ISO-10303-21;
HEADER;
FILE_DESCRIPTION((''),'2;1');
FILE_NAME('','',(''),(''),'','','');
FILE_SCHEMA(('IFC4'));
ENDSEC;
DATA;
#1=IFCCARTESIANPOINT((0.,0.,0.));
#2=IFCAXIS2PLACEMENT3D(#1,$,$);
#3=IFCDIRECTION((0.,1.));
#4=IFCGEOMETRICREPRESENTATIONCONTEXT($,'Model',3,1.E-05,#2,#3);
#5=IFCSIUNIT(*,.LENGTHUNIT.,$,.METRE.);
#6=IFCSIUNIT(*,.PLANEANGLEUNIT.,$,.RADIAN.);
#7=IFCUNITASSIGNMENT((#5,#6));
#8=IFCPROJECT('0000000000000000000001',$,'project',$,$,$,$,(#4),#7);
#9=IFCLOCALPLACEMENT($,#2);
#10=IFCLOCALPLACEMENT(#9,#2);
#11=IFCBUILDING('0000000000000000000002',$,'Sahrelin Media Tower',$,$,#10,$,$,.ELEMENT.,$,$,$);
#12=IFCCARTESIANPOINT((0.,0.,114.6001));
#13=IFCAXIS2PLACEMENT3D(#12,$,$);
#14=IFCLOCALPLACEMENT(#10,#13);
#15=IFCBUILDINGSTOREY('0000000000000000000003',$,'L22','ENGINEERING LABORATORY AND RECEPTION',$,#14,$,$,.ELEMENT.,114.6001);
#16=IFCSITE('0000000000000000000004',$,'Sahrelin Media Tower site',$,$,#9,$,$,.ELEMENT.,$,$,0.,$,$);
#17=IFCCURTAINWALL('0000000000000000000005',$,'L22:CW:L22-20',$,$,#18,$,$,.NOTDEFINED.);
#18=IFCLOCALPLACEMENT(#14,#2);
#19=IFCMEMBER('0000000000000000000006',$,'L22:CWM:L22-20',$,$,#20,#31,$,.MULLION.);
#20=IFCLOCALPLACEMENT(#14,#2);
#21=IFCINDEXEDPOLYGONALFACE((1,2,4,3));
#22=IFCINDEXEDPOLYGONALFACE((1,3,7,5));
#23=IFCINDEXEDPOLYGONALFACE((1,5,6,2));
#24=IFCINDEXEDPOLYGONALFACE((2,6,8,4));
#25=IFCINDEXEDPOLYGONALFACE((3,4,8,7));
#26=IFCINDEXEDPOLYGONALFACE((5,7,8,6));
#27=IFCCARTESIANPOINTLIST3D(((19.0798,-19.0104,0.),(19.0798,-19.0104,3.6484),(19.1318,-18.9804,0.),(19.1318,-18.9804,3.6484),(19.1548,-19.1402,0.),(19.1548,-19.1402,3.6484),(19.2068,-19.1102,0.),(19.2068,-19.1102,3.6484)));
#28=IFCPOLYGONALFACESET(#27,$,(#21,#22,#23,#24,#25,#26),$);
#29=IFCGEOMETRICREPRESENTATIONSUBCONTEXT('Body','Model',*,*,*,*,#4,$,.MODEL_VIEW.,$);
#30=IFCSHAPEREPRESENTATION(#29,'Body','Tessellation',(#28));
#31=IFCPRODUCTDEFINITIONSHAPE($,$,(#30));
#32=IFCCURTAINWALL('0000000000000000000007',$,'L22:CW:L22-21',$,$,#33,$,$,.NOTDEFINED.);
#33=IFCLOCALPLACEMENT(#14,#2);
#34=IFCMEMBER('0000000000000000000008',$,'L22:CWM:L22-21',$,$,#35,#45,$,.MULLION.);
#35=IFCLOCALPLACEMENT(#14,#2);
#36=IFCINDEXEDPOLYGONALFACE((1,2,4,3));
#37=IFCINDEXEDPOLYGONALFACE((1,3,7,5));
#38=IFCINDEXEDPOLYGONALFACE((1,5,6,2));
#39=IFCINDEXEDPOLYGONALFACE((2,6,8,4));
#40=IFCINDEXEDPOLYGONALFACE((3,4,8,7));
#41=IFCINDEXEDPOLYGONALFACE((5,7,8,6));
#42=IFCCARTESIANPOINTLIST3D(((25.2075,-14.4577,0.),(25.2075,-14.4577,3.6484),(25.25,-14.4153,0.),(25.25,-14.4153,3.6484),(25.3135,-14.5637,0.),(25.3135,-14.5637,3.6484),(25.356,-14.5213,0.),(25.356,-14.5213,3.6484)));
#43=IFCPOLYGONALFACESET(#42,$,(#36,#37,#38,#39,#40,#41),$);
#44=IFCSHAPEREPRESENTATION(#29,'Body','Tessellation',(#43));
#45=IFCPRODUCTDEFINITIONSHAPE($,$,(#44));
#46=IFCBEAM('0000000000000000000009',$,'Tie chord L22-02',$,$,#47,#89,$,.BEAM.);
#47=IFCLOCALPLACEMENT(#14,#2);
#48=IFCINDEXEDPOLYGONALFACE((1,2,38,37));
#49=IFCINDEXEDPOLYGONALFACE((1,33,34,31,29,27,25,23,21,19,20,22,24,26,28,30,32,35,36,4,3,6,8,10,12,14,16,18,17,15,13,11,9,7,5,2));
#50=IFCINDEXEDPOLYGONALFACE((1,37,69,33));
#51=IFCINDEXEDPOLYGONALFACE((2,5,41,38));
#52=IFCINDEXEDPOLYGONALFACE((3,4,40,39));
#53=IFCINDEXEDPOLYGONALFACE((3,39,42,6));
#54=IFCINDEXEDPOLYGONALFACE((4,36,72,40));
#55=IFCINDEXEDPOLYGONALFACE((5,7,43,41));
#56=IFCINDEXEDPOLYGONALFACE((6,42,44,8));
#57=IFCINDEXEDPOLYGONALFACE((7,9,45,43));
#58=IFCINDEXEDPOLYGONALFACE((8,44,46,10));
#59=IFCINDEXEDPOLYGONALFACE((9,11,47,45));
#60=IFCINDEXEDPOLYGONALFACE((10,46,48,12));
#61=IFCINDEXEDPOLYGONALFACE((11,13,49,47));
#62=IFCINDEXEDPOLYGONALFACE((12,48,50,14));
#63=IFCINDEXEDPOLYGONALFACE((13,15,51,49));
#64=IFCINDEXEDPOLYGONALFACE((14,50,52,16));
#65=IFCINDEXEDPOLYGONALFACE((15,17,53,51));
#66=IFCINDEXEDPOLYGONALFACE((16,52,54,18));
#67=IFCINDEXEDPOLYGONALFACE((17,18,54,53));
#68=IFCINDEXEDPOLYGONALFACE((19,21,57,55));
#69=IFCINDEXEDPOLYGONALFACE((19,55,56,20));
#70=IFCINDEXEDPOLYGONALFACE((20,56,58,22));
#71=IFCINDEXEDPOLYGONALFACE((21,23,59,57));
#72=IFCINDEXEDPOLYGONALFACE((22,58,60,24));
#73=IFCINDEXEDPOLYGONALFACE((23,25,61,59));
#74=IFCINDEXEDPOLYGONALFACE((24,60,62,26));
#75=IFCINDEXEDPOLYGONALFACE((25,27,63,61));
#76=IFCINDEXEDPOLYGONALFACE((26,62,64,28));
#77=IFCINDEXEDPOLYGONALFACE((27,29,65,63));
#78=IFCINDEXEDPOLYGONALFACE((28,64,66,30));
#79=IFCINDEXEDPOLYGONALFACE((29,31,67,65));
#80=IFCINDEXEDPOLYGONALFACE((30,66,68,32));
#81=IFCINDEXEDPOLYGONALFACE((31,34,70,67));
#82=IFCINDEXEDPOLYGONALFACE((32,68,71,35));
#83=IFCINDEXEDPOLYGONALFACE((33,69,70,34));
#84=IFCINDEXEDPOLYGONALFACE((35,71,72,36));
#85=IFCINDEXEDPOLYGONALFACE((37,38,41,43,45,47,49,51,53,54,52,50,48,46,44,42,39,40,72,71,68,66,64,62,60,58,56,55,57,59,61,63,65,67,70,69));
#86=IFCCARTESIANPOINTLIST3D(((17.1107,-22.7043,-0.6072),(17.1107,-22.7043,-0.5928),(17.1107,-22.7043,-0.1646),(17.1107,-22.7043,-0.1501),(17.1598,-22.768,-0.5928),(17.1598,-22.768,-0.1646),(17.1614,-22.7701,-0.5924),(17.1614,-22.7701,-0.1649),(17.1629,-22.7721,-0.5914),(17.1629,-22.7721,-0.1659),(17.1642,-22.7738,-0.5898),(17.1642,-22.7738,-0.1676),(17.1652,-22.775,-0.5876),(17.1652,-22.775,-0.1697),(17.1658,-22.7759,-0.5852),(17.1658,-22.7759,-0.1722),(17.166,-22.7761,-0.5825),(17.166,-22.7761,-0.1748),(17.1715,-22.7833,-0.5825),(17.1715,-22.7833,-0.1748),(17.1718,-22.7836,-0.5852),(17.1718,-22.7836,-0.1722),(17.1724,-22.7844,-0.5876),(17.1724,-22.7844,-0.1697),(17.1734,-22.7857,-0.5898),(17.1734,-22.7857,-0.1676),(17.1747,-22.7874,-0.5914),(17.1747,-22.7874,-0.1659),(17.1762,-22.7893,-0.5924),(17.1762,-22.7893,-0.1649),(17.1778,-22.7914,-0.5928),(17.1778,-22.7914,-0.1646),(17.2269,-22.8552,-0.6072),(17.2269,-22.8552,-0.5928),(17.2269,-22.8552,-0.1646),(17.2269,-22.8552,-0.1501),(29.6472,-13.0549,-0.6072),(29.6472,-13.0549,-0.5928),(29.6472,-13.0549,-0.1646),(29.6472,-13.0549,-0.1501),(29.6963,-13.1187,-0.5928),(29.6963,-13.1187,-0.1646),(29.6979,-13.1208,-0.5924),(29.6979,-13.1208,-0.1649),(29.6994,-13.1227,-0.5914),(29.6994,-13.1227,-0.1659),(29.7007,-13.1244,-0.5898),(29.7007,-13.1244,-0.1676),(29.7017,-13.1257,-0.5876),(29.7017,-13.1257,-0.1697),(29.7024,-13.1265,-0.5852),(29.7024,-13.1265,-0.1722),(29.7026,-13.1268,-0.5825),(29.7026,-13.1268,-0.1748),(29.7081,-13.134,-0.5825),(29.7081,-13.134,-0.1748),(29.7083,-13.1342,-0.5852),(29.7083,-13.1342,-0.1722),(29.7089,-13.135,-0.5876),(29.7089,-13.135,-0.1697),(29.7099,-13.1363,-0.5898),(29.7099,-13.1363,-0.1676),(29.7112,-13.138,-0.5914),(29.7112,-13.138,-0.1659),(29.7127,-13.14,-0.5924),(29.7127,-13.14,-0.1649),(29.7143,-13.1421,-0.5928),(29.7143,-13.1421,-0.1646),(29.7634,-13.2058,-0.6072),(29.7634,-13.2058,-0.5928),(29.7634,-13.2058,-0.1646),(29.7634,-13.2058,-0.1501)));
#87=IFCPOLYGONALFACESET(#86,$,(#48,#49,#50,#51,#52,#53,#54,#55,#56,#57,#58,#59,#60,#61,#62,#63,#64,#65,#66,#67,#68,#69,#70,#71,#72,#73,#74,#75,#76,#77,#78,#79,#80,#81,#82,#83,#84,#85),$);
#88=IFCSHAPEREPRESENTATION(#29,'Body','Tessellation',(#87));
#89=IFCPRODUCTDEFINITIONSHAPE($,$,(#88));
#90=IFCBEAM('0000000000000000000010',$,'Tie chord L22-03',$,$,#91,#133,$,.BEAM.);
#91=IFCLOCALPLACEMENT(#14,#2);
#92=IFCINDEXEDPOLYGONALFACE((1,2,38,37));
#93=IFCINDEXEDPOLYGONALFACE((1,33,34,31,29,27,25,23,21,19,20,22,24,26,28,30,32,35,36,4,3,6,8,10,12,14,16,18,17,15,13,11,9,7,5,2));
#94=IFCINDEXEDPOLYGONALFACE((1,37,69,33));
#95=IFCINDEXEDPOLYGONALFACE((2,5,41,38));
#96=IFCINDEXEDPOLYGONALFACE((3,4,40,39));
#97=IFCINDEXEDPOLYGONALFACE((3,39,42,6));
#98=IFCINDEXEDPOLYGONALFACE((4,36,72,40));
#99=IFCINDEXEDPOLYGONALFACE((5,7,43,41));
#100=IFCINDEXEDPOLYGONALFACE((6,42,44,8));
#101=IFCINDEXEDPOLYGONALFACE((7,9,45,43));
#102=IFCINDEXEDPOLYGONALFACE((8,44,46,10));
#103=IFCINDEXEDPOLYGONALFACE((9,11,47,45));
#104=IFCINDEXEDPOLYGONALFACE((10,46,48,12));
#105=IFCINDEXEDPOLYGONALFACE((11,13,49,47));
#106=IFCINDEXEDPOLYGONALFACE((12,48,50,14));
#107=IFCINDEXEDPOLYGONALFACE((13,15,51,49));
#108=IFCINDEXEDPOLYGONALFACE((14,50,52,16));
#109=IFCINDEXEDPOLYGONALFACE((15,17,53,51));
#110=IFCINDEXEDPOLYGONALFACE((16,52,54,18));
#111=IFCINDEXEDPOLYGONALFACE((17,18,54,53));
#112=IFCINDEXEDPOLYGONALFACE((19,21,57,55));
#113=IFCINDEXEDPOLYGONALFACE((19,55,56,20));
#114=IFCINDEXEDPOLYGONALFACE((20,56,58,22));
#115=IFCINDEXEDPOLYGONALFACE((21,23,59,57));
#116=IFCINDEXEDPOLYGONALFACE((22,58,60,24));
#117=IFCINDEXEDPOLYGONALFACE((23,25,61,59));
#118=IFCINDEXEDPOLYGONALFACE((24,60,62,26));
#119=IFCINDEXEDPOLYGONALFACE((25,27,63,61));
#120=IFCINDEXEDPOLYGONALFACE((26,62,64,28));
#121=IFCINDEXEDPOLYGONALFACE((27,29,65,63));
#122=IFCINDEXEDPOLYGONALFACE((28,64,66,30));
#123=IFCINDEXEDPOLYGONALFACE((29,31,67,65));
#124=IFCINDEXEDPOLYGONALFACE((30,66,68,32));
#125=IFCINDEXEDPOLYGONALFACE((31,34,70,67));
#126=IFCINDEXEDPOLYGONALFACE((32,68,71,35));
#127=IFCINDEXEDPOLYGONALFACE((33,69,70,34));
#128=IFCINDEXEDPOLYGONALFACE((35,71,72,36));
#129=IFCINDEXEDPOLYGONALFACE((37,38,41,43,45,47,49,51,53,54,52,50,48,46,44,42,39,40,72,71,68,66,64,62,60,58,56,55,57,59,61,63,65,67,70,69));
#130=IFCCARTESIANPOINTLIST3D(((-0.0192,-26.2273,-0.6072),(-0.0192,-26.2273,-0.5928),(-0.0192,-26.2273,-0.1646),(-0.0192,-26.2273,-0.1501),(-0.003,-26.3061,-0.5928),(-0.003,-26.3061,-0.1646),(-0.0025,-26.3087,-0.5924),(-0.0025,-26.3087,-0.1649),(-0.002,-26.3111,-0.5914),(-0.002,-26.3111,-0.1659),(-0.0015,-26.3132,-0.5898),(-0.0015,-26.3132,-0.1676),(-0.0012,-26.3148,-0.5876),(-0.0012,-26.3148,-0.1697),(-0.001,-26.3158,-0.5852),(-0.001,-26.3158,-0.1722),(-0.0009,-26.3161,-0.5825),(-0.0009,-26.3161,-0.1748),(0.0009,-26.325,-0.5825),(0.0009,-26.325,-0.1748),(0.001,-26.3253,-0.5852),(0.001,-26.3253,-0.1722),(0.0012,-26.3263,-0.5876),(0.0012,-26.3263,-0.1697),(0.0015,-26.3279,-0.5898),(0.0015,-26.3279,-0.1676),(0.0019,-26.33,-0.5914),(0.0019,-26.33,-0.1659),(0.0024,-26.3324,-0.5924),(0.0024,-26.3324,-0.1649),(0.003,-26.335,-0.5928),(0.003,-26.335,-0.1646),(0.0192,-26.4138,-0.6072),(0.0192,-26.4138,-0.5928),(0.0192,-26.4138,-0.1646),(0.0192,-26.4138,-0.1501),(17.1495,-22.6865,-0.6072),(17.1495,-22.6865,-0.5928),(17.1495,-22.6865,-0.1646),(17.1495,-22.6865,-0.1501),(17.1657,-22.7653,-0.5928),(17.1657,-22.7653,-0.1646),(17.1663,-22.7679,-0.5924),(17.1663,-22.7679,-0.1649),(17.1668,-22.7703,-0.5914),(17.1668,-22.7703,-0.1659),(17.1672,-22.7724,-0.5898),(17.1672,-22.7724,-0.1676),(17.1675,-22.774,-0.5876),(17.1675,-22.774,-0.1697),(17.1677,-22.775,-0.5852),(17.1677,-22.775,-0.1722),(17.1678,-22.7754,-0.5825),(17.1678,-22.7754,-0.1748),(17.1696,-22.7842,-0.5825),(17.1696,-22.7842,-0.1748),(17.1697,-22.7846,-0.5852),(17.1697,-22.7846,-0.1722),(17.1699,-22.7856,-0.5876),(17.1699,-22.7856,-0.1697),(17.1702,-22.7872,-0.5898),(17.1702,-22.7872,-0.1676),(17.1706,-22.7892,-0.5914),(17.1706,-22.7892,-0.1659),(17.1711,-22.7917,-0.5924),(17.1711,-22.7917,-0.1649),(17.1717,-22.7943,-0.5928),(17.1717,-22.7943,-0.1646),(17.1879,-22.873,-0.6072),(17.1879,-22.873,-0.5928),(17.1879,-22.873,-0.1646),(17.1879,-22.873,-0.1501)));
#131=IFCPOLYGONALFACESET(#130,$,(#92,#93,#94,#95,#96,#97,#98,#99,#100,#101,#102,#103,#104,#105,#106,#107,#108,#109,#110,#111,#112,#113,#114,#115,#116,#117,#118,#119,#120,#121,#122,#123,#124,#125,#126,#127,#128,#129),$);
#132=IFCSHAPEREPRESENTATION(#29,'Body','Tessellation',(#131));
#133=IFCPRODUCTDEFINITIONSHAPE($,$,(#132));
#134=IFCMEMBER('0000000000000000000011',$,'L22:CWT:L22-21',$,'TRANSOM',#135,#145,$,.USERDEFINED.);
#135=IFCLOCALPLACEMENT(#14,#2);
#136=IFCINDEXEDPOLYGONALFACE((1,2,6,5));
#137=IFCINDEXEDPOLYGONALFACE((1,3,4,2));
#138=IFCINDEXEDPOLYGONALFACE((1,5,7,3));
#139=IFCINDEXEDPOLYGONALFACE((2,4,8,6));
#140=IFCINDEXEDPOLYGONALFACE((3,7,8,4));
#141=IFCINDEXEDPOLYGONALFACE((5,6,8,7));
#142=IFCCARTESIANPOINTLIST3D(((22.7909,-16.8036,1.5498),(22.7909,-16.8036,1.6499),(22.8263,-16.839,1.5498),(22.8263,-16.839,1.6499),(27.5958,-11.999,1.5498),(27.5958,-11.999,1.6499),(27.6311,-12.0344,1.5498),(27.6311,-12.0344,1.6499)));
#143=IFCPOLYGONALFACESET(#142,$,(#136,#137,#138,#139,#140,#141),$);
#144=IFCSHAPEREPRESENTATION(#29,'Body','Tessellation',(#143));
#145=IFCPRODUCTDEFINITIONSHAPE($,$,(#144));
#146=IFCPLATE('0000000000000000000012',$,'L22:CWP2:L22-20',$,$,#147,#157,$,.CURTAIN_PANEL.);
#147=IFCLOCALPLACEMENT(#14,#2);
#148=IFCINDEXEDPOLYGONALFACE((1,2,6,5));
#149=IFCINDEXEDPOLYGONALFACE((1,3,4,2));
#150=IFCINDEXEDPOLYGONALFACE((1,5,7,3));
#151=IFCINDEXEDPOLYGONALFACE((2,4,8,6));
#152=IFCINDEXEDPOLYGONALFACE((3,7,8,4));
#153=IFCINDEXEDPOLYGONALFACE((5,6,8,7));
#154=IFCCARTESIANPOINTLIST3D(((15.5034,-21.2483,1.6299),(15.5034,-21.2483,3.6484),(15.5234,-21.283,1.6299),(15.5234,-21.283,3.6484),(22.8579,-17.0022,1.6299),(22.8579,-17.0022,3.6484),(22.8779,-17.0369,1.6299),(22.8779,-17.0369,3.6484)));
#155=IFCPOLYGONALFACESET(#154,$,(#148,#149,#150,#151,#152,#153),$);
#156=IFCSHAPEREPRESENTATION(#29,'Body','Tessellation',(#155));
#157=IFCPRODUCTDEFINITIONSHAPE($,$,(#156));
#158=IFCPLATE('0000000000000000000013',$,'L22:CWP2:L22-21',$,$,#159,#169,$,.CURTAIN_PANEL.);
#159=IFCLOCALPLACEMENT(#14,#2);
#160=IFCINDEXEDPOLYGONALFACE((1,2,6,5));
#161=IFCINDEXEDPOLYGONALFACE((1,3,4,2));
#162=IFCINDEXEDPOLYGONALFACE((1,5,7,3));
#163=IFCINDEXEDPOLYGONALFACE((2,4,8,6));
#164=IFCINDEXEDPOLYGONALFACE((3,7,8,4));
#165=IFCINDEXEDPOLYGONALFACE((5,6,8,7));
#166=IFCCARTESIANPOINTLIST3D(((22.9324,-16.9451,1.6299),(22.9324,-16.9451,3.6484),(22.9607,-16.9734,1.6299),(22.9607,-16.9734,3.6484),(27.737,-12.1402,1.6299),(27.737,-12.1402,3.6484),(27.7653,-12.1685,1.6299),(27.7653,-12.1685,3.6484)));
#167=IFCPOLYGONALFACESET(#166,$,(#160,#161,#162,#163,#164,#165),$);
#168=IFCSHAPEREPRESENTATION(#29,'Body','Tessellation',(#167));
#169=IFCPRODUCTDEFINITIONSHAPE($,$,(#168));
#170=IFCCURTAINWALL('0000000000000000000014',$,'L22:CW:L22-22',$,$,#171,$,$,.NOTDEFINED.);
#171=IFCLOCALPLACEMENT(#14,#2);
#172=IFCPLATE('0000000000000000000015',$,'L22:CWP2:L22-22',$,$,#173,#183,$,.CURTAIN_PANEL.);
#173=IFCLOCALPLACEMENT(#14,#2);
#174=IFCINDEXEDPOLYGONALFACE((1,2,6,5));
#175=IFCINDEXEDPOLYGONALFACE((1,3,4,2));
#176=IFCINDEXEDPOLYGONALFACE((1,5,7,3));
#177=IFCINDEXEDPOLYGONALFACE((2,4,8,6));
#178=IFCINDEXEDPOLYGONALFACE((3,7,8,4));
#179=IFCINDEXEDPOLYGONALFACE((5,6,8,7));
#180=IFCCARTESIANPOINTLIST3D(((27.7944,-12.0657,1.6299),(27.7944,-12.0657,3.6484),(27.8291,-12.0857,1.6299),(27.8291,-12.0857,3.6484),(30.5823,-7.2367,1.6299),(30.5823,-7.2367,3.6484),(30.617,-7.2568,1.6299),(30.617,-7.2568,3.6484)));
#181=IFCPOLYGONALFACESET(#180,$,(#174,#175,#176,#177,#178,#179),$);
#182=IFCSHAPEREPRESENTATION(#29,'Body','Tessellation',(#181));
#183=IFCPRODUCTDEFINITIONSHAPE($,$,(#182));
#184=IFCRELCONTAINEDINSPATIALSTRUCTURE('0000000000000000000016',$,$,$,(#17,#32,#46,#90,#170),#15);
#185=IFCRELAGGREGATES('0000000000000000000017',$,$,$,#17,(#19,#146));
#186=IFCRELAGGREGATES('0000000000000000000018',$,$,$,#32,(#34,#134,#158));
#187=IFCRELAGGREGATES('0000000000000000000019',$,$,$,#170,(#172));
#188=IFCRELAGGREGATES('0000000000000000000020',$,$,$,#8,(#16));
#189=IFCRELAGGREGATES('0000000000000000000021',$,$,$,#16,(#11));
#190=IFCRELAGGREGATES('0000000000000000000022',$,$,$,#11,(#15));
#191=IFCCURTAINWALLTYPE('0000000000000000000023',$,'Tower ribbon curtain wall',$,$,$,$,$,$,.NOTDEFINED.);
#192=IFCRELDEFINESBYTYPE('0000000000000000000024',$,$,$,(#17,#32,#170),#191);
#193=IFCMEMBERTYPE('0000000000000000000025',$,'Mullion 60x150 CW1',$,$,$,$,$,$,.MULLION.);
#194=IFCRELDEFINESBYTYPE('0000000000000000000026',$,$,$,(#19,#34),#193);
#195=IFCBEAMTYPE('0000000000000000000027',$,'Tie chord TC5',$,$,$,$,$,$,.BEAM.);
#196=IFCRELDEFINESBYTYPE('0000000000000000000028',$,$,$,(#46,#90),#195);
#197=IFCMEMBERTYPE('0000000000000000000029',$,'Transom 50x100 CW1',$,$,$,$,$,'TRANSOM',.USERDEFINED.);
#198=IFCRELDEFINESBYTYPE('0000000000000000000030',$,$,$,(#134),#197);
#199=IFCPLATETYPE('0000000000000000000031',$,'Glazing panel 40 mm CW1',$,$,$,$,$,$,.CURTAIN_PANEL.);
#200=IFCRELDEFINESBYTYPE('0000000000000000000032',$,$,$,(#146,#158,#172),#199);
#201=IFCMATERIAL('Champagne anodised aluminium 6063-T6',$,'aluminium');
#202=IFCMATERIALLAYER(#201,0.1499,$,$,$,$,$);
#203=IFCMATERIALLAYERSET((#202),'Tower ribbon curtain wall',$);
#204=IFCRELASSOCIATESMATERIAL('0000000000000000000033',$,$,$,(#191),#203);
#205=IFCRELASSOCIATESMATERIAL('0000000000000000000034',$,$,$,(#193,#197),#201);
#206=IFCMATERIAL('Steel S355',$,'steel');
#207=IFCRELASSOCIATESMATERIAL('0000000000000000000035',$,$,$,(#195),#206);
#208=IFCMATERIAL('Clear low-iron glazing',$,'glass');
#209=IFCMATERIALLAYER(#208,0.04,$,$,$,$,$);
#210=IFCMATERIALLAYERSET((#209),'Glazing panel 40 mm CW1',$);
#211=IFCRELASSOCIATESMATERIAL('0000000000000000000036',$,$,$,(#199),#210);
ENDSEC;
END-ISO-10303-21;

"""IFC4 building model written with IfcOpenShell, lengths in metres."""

from ifc_helpers import new_model, si_unit, direction, frame, origin, origin_2d, place, context, subcontext, project, spatial, polyline, rectangle, i_section, outline, extrude, material, layer, layer_set, material_profile, profile_set, type_object, element, aggregate, save


model = new_model("IFC4")

# Units and contexts
model_context = context("Model", 3, precision=1e-05, world=origin(), true_north=direction((0.0, 1.0)))
body_context = subcontext(model_context, "Body", "Model", "MODEL_VIEW")
ifc_project = project(units=[si_unit("LENGTHUNIT", "METRE"), si_unit("PLANEANGLEUNIT", "RADIAN")], contexts=[model_context])

# Site, building, storey
site_placement = place(None, origin())
site = spatial("IfcSite", under=ifc_project, at=site_placement, Name="Sahrelin Media Tower site", CompositionType="ELEMENT", RefElevation=0.0)
building_placement = place(site_placement, origin())
building = spatial("IfcBuilding", under=site, at=building_placement, Name="Sahrelin Media Tower", CompositionType="ELEMENT")
storey_placement = place(building_placement, frame((0.0, 0.0, 114.6001)))
storey = spatial("IfcBuildingStorey", under=building, at=storey_placement, Name="L22", Description="ENGINEERING LABORATORY AND RECEPTION", CompositionType="ELEMENT", Elevation=114.6001)

# Shared definitions
ifc_material_1 = material(Name="Steel S355", Category="steel")

# Curtain walls, members
ifc_material_2 = material(Name="Champagne anodised aluminium 6063-T6", Category="aluminium")
ifc_layer_1 = layer(ifc_material_2, 0.1499)
ifc_layer_set_1 = layer_set([ifc_layer_1], Name="Tower ribbon curtain wall")
curtain_wall_type = type_object("IfcCurtainWallType", Name="Tower ribbon curtain wall", PredefinedType="NOTDEFINED", material=ifc_layer_set_1)
curtain_wall_1_placement = place(storey_placement, frame((19.1907, -19.1426, 0.0), z_axis=(0.0, 0.0, 1.0), x_axis=(1.0, 0.0, 0.0)))
curtain_wall_1 = element("IfcCurtainWall", 1, at=curtain_wall_1_placement, inside=storey, type_object=curtain_wall_type, Name="L22:CW:L22-20", PredefinedType="NOTDEFINED")
ifc_material_profile_1 = material_profile(ifc_material_2, rectangle(XDim=0.0601, YDim=0.1499, at=origin_2d()), Name="Mullion 60x150")
ifc_profile_set_1 = profile_set([ifc_material_profile_1], Name="Champagne anodised aluminium 6063-T6")
member_type_1 = type_object("IfcMemberType", Name="Mullion 60x150 CW1", PredefinedType="MULLION", material=ifc_profile_set_1)
member_1_placement = place(storey_placement, frame((19.1433, -19.0603, 0.0), z_axis=(0.0, 0.0, 1.0), x_axis=(0.866026, 0.499998, 0.0)))
member_1 = element("IfcMember", 2, at=member_1_placement, type_object=member_type_1, Name="L22:CWM:L22-20", PredefinedType="MULLION", context=body_context, shape_type="SweptSolid", body=[
    extrude(rectangle(XDim=0.0601, YDim=0.1499, at=origin_2d()), origin(), (0.0, 0.0, 1.0), 3.6484),
])
curtain_wall_2_placement = place(storey_placement, frame((25.3489, -14.5569, 0.0), z_axis=(0.0, 0.0, 1.0), x_axis=(1.0, 0.0, 0.0)))
curtain_wall_2 = element("IfcCurtainWall", 3, at=curtain_wall_2_placement, inside=storey, type_object=curtain_wall_type, Name="L22:CW:L22-21", PredefinedType="NOTDEFINED")
member_2_placement = place(storey_placement, frame((25.2817, -14.4895, 0.0), z_axis=(0.0, 0.0, 1.0), x_axis=(0.707099, 0.707114, 0.0)))
member_2 = element("IfcMember", 4, at=member_2_placement, type_object=member_type_1, Name="L22:CWM:L22-21", PredefinedType="MULLION", context=body_context, shape_type="SweptSolid", body=[
    extrude(rectangle(XDim=0.0601, YDim=0.1499, at=origin_2d()), origin(), (0.0, 0.0, 1.0), 3.6484),
])

# Beams
ifc_material_profile_2 = material_profile(ifc_material_1, i_section(OverallWidth=0.1904, OverallDepth=0.457, WebThickness=0.009, FlangeThickness=0.0144, FilletRadius=0.0103, at=origin_2d()), Name="UB 457x191x74")
ifc_profile_set_2 = profile_set([ifc_material_profile_2], Name="Steel S355")
beam_type_1 = type_object("IfcBeamType", Name="Tie chord TC5", PredefinedType="BEAM", material=ifc_profile_set_2)
beam_1_placement = place(storey_placement, frame((29.7053, -13.1304, -0.3787), z_axis=(-0.792445, -0.609943, 0.0), x_axis=(0.609943, -0.792445, 0.0)))
element("IfcBeam", 5, at=beam_1_placement, inside=storey, type_object=beam_type_1, Name="Tie chord L22-02", PredefinedType="BEAM", context=body_context, shape_type="SweptSolid", body=[
    extrude(i_section(OverallWidth=0.1904, OverallDepth=0.457, WebThickness=0.009, FlangeThickness=0.0144, FilletRadius=0.0103, at=origin_2d()), origin(), (0.0, 0.0, 1.0), 15.8201),
])
beam_2_placement = place(storey_placement, frame((17.1687, -22.7798, -0.3787), z_axis=(-0.979389, -0.201983, 0.0), x_axis=(0.201983, -0.979389, 0.0)))
element("IfcBeam", 6, at=beam_2_placement, inside=storey, type_object=beam_type_1, Name="Tie chord L22-03", PredefinedType="BEAM", context=body_context, shape_type="SweptSolid", body=[
    extrude(i_section(OverallWidth=0.1904, OverallDepth=0.457, WebThickness=0.009, FlangeThickness=0.0144, FilletRadius=0.0103, at=origin_2d()), origin(), (0.0, 0.0, 1.0), 17.53),
])

# Member
ifc_material_profile_3 = material_profile(ifc_material_2, rectangle(XDim=0.05, YDim=0.1001, at=origin_2d()), Name="Transom 50x100")
ifc_profile_set_3 = profile_set([ifc_material_profile_3], Name="Champagne anodised aluminium 6063-T6")
member_type_2 = type_object("IfcMemberType", Name="Transom 50x100 CW1", ElementType="TRANSOM", PredefinedType="USERDEFINED", material=ifc_profile_set_3)
member_3_placement = place(storey_placement, frame((22.8086, -16.8213, 1.5999), z_axis=(0.707125, 0.707089, 0.0), x_axis=(-0.707089, 0.707125, 0.0)))
member_3 = element("IfcMember", 7, at=member_3_placement, type_object=member_type_2, Name="L22:CWT:L22-21", ObjectType="TRANSOM", PredefinedType="USERDEFINED", context=body_context, shape_type="SweptSolid", body=[
    extrude(rectangle(XDim=0.05, YDim=0.1001, at=origin_2d()), origin(), (0.0, 0.0, 1.0), 6.7949),
])

# Plates
ifc_material_3 = material(Name="Clear low-iron glazing", Category="glass")
ifc_layer_2 = layer(ifc_material_3, 0.04)
ifc_layer_set_2 = layer_set([ifc_layer_2], Name="Glazing panel 40 mm CW1")
plate_type_1 = type_object("IfcPlateType", Name="Glazing panel 40 mm CW1", PredefinedType="CURTAIN_PANEL", material=ifc_layer_set_2)
plate_1_placement = place(storey_placement, frame((15.5234, -21.283, 1.6299), z_axis=(0.499998, -0.866027, 0.0), x_axis=(0.866027, 0.499998, 0.0)))
plate_1 = element("IfcPlate", 8, at=plate_1_placement, type_object=plate_type_1, Name="L22:CWP2:L22-20", PredefinedType="CURTAIN_PANEL", context=body_context, shape_type="SweptSolid", body=[
    extrude(outline(polyline([(0.0, 0.0), (8.4922, 0.0), (8.4922, 2.0186), (0.0, 2.0186), (0.0, 0.0)])), origin(), (0.0, 0.0, -1.0), 0.04),
])
aggregate(curtain_wall_1, [member_1, plate_1])
plate_2_placement = place(storey_placement, frame((22.9607, -16.9734, 1.6299), z_axis=(0.707125, -0.707089, 0.0), x_axis=(0.707089, 0.707125, 0.0)))
plate_2 = element("IfcPlate", 9, at=plate_2_placement, type_object=plate_type_1, Name="L22:CWP2:L22-21", PredefinedType="CURTAIN_PANEL", context=body_context, shape_type="SweptSolid", body=[
    extrude(outline(polyline([(0.0, 0.0), (6.7949, 0.0), (6.7949, 2.0186), (0.0, 2.0186), (0.0, 0.0)])), origin(), (0.0, 0.0, -1.0), 0.04),
])

# Curtain wall, plate
curtain_wall_3_placement = place(storey_placement, frame((29.2058, -9.6614, 0.0), z_axis=(0.0, 0.0, 1.0), x_axis=(1.0, 0.0, 0.0)))
curtain_wall_3 = element("IfcCurtainWall", 10, at=curtain_wall_3_placement, inside=storey, type_object=curtain_wall_type, Name="L22:CW:L22-22", PredefinedType="NOTDEFINED")
plate_3_placement = place(storey_placement, frame((27.8291, -12.0857, 1.6299), z_axis=(0.866033, -0.499987, 0.0), x_axis=(0.499987, 0.866033, 0.0)))
plate_3 = element("IfcPlate", 11, at=plate_3_placement, type_object=plate_type_1, Name="L22:CWP2:L22-22", PredefinedType="CURTAIN_PANEL", context=body_context, shape_type="SweptSolid", body=[
    extrude(outline(polyline([(0.0, 0.0), (5.5759, 0.0), (5.5759, 2.0186), (0.0, 2.0186), (0.0, 0.0)])), origin(), (0.0, 0.0, -1.0), 0.04),
])

aggregate(curtain_wall_2, [member_2, member_3, plate_2])
aggregate(curtain_wall_3, [plate_3])

save(model, "model.ifc")
